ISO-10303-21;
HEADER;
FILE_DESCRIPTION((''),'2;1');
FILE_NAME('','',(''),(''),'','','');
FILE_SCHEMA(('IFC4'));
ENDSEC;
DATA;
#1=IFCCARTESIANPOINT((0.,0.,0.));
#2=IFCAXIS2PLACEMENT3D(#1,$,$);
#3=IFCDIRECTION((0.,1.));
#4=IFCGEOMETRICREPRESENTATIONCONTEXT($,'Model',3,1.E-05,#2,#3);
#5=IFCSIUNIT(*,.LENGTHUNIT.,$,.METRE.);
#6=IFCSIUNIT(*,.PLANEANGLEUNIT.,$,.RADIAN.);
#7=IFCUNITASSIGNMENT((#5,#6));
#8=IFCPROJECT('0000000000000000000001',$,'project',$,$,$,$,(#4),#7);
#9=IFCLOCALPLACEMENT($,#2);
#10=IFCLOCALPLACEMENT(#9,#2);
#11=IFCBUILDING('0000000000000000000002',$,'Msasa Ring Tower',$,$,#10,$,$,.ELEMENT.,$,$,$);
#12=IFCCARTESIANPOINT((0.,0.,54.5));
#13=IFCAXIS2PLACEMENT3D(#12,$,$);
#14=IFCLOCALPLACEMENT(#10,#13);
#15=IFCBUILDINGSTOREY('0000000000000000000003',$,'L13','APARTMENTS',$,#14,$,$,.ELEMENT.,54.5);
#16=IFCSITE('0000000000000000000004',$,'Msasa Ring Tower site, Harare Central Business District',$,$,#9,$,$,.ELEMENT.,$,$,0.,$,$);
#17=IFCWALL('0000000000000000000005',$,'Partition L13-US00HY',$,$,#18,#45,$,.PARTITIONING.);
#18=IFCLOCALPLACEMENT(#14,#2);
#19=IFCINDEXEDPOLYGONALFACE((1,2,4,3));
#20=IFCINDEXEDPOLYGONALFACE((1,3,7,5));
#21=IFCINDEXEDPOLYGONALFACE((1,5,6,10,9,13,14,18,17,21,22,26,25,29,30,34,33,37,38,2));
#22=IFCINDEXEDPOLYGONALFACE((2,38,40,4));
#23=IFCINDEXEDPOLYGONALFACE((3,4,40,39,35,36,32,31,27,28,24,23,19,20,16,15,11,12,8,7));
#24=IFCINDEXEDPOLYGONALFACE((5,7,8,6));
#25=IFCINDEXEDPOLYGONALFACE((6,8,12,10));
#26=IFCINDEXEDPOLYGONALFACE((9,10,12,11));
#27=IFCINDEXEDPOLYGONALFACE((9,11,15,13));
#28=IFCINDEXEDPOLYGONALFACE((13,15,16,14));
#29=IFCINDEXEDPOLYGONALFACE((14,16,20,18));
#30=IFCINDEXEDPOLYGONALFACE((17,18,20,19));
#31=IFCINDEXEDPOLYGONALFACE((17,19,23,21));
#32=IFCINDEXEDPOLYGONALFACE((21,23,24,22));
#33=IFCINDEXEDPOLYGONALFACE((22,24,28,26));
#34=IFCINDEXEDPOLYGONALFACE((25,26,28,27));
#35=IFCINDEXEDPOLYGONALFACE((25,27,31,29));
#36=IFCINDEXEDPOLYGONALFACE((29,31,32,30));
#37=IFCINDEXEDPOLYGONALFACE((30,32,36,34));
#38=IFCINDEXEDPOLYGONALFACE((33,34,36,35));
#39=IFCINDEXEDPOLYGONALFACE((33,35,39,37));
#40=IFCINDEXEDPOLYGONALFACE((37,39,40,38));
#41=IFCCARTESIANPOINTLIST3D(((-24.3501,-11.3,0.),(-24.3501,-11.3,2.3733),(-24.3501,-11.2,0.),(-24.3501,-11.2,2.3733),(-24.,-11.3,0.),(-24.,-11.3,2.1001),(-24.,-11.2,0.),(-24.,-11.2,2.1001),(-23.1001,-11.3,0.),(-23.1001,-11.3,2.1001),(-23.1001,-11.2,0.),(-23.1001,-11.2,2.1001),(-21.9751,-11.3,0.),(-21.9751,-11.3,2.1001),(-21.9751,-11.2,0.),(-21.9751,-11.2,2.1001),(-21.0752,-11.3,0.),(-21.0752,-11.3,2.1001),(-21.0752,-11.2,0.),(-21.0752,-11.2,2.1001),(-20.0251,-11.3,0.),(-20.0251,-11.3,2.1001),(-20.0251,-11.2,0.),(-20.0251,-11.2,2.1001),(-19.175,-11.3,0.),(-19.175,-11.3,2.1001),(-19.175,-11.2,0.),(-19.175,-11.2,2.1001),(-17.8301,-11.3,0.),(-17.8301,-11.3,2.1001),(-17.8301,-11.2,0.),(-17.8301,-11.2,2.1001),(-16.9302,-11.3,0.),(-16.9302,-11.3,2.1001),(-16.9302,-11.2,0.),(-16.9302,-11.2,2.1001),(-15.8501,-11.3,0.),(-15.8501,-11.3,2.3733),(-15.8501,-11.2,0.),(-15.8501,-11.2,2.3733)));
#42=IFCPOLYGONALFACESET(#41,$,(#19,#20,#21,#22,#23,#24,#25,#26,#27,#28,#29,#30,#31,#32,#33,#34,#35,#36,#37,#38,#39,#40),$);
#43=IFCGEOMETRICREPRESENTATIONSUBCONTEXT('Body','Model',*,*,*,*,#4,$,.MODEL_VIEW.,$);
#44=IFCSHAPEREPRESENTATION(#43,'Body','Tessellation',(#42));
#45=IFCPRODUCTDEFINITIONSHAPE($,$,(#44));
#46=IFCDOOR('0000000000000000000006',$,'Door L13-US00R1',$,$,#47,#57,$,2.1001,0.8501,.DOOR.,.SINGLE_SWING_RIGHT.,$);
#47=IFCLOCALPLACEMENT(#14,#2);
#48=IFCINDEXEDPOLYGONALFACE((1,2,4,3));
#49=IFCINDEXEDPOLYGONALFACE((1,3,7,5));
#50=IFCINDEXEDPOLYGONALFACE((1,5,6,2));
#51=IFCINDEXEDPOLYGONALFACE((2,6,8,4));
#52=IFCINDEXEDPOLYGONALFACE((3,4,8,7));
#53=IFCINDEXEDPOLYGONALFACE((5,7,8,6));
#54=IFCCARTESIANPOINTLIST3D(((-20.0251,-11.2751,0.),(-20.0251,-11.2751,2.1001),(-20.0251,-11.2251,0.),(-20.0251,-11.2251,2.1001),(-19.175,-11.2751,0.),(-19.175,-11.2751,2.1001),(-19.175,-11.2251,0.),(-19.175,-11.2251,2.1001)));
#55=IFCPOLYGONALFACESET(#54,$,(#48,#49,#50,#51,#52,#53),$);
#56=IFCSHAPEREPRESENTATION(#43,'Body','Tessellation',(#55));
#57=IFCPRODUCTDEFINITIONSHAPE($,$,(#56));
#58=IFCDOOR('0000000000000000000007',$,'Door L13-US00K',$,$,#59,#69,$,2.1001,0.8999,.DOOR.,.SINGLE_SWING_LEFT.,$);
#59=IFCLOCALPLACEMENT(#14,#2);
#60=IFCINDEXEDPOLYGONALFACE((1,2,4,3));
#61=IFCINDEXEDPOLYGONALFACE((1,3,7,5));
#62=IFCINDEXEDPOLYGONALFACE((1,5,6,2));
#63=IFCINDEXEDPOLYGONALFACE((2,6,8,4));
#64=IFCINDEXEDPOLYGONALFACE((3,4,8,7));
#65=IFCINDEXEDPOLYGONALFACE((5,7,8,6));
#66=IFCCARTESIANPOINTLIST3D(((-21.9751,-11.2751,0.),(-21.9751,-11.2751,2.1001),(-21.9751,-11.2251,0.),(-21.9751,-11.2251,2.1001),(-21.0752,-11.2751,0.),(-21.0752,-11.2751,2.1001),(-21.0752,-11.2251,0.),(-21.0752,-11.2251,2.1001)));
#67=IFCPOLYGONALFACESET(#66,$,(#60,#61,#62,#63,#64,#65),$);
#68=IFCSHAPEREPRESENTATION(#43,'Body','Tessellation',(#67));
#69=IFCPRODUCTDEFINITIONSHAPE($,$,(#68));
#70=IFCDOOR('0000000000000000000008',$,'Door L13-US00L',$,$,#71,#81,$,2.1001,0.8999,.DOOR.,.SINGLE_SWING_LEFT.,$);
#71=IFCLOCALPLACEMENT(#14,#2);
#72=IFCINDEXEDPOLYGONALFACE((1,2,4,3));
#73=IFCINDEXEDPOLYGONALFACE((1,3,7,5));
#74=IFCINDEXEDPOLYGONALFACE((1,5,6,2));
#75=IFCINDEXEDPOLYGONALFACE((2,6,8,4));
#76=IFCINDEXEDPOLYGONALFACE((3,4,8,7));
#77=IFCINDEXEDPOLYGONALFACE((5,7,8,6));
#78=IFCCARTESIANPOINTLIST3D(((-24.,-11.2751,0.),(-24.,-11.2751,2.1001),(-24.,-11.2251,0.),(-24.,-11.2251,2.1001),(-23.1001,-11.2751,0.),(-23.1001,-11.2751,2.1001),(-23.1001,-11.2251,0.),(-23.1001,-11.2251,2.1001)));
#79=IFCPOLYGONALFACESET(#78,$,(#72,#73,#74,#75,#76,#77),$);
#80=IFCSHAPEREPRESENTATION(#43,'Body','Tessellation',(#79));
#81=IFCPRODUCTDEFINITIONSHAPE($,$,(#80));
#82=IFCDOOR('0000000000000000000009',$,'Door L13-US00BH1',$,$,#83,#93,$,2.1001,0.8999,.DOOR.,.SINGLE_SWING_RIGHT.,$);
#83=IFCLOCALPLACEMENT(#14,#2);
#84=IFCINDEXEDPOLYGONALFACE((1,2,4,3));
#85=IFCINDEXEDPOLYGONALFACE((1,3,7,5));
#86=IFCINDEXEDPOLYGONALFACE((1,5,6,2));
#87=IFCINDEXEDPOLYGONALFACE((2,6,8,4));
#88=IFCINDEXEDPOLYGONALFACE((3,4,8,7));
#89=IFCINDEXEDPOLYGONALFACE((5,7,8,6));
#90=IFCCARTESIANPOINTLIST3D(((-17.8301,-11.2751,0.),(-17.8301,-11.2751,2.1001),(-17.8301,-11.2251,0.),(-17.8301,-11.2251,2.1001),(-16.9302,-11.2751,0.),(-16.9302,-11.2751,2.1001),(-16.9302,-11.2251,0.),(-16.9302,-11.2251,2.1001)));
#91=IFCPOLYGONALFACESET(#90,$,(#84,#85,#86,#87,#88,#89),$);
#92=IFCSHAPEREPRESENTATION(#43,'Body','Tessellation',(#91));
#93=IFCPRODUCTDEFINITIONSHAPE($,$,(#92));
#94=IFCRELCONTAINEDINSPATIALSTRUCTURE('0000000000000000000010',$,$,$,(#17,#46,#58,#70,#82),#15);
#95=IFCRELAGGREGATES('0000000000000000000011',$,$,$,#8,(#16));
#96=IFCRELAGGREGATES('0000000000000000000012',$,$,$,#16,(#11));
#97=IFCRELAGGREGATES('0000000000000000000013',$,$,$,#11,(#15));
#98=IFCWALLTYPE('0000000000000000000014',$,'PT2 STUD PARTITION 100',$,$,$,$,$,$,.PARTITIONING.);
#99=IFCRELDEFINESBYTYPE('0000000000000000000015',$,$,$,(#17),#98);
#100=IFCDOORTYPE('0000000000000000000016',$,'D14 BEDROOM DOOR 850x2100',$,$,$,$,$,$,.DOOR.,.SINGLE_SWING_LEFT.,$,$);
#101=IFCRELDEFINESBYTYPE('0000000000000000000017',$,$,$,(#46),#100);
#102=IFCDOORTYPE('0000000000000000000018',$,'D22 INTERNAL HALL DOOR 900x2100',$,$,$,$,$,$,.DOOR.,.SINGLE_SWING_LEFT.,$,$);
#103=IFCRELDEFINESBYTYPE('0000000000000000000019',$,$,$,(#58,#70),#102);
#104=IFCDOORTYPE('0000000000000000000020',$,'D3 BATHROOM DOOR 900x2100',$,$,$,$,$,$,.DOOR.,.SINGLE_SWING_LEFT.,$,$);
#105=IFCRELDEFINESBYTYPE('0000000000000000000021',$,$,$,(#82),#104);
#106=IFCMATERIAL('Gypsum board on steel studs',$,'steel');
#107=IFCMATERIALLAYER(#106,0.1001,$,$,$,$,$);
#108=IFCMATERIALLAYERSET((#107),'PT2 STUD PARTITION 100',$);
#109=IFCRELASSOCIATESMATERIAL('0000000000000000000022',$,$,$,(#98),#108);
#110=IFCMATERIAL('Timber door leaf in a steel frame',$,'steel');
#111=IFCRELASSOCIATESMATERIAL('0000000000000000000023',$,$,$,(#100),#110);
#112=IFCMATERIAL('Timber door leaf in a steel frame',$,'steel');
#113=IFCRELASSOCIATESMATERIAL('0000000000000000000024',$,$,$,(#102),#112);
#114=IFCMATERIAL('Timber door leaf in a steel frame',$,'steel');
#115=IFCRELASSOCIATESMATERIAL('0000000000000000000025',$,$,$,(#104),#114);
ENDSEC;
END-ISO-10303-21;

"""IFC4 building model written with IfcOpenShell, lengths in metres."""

from ifc_helpers import new_model, si_unit, direction, frame, frame_2d, origin, place, context, subcontext, project, spatial, rectangle, extrude, material, layer, layer_set, type_object, element, fill, save


model = new_model("IFC4")

# Units and contexts
model_context = context("Model", 3, precision=1e-05, world=origin(), true_north=direction((0.0, 1.0)))
body_context = subcontext(model_context, "Body", "Model", "MODEL_VIEW")
ifc_project = project(units=[si_unit("LENGTHUNIT", "METRE"), si_unit("PLANEANGLEUNIT", "RADIAN")], contexts=[model_context])

# Site, building, storey
site_placement = place(None, origin())
site = spatial("IfcSite", under=ifc_project, at=site_placement, Name="Msasa Ring Tower site, Harare Central Business District", CompositionType="ELEMENT", RefElevation=0.0)
building_placement = place(site_placement, origin())
building = spatial("IfcBuilding", under=site, at=building_placement, Name="Msasa Ring Tower", CompositionType="ELEMENT")
storey_placement = place(building_placement, frame((0.0, 0.0, 54.5)))
storey = spatial("IfcBuildingStorey", under=building, at=storey_placement, Name="L13", Description="APARTMENTS", CompositionType="ELEMENT", Elevation=54.5)

# Wall, openings, doors
ifc_material_1 = material(Name="Gypsum board on steel studs", Category="steel")
ifc_layer_1 = layer(ifc_material_1, 0.1001)
ifc_layer_set_1 = layer_set([ifc_layer_1], Name="PT2 STUD PARTITION 100")
wall_type_1 = type_object("IfcWallType", Name="PT2 STUD PARTITION 100", PredefinedType="PARTITIONING", material=ifc_layer_set_1)
wall_1_placement = place(storey_placement, frame((-24.3501, -11.25, 0.0), z_axis=(0.0, 0.0, 1.0), x_axis=(1.0, 0.0, 0.0)))
wall_1 = element("IfcWall", 1, at=wall_1_placement, inside=storey, type_object=wall_type_1, Name="Partition L13-US00HY", PredefinedType="PARTITIONING", context=body_context, shape_type="SweptSolid", body=[
    extrude(rectangle(XDim=8.5, YDim=0.1001, at=frame_2d((4.25, 0.0))), origin(), (0.0, 0.0, 1.0), 2.3733),
])
opening_1_placement = place(wall_1_placement, frame((2.375, 0.0, 0.0)))
opening_1 = element("IfcOpeningElement", 2, at=opening_1_placement, cuts=wall_1, PredefinedType="OPENING", context=body_context, shape_type="SweptSolid", body=[
    extrude(rectangle(XDim=0.8999, YDim=2.1001, at=frame_2d((0.45, 1.05))), frame((0.0, 0.0601, 0.0), z_axis=(0.0, -1.0, 0.0), x_axis=(1.0, 0.0, 0.0)), (0.0, 0.0, 1.0), 0.1201),
])
opening_2_placement = place(wall_1_placement, frame((0.3501, 0.0, 0.0)))
opening_2 = element("IfcOpeningElement", 3, at=opening_2_placement, cuts=wall_1, PredefinedType="OPENING", context=body_context, shape_type="SweptSolid", body=[
    extrude(rectangle(XDim=0.8999, YDim=2.1001, at=frame_2d((0.45, 1.05))), frame((0.0, 0.0601, 0.0), z_axis=(0.0, -1.0, 0.0), x_axis=(1.0, 0.0, 0.0)), (0.0, 0.0, 1.0), 0.1201),
])
opening_3_placement = place(wall_1_placement, frame((4.325, 0.0, 0.0)))
opening_3 = element("IfcOpeningElement", 4, at=opening_3_placement, cuts=wall_1, PredefinedType="OPENING", context=body_context, shape_type="SweptSolid", body=[
    extrude(rectangle(XDim=0.8501, YDim=2.1001, at=frame_2d((0.425, 1.05))), frame((0.0, 0.0601, 0.0), z_axis=(0.0, -1.0, 0.0), x_axis=(1.0, 0.0, 0.0)), (0.0, 0.0, 1.0), 0.1201),
])
opening_4_placement = place(wall_1_placement, frame((6.52, 0.0, 0.0)))
opening_4 = element("IfcOpeningElement", 5, at=opening_4_placement, cuts=wall_1, PredefinedType="OPENING", context=body_context, shape_type="SweptSolid", body=[
    extrude(rectangle(XDim=0.8999, YDim=2.1001, at=frame_2d((0.45, 1.05))), frame((0.0, 0.0601, 0.0), z_axis=(0.0, -1.0, 0.0), x_axis=(1.0, 0.0, 0.0)), (0.0, 0.0, 1.0), 0.1201),
])
ifc_material_2 = material(Name="Timber door leaf in a steel frame", Category="steel")
door_type_1 = type_object("IfcDoorType", Name="D14 BEDROOM DOOR 850x2100", OperationType="SINGLE_SWING_LEFT", PredefinedType="DOOR", material=ifc_material_2)
door_1_placement = place(opening_3_placement, origin())
door_1 = element("IfcDoor", 6, at=door_1_placement, inside=storey, type_object=door_type_1, Name="Door L13-US00R1", OperationType="SINGLE_SWING_RIGHT", OverallHeight=2.1001, OverallWidth=0.8501, PredefinedType="DOOR", context=body_context, shape_type="SweptSolid", body=[
    extrude(rectangle(XDim=0.8501, YDim=2.1001, at=frame_2d((0.425, 1.05))), frame((0.0, 0.0249, 0.0), z_axis=(0.0, -1.0, 0.0), x_axis=(1.0, 0.0, 0.0)), (0.0, 0.0, 1.0), 0.05),
])
fill(opening_3, door_1)
ifc_material_3 = material(Name="Timber door leaf in a steel frame", Category="steel")
door_type_2 = type_object("IfcDoorType", Name="D22 INTERNAL HALL DOOR 900x2100", OperationType="SINGLE_SWING_LEFT", PredefinedType="DOOR", material=ifc_material_3)
door_2_placement = place(opening_1_placement, origin())
door_2 = element("IfcDoor", 7, at=door_2_placement, inside=storey, type_object=door_type_2, Name="Door L13-US00K", OperationType="SINGLE_SWING_LEFT", OverallHeight=2.1001, OverallWidth=0.8999, PredefinedType="DOOR", context=body_context, shape_type="SweptSolid", body=[
    extrude(rectangle(XDim=0.8999, YDim=2.1001, at=frame_2d((0.45, 1.05))), frame((0.0, 0.0249, 0.0), z_axis=(0.0, -1.0, 0.0), x_axis=(1.0, 0.0, 0.0)), (0.0, 0.0, 1.0), 0.05),
])
fill(opening_1, door_2)
door_3_placement = place(opening_2_placement, origin())
door_3 = element("IfcDoor", 8, at=door_3_placement, inside=storey, type_object=door_type_2, Name="Door L13-US00L", OperationType="SINGLE_SWING_LEFT", OverallHeight=2.1001, OverallWidth=0.8999, PredefinedType="DOOR", context=body_context, shape_type="SweptSolid", body=[
    extrude(rectangle(XDim=0.8999, YDim=2.1001, at=frame_2d((0.45, 1.05))), frame((0.0, 0.0249, 0.0), z_axis=(0.0, -1.0, 0.0), x_axis=(1.0, 0.0, 0.0)), (0.0, 0.0, 1.0), 0.05),
])
fill(opening_2, door_3)
ifc_material_4 = material(Name="Timber door leaf in a steel frame", Category="steel")
door_type_3 = type_object("IfcDoorType", Name="D3 BATHROOM DOOR 900x2100", OperationType="SINGLE_SWING_LEFT", PredefinedType="DOOR", material=ifc_material_4)
door_4_placement = place(opening_4_placement, origin())
door_4 = element("IfcDoor", 9, at=door_4_placement, inside=storey, type_object=door_type_3, Name="Door L13-US00BH1", OperationType="SINGLE_SWING_RIGHT", OverallHeight=2.1001, OverallWidth=0.8999, PredefinedType="DOOR", context=body_context, shape_type="SweptSolid", body=[
    extrude(rectangle(XDim=0.8999, YDim=2.1001, at=frame_2d((0.45, 1.05))), frame((0.0, 0.0249, 0.0), z_axis=(0.0, -1.0, 0.0), x_axis=(1.0, 0.0, 0.0)), (0.0, 0.0, 1.0), 0.05),
])
fill(opening_4, door_4)

save(model, "model.ifc")
